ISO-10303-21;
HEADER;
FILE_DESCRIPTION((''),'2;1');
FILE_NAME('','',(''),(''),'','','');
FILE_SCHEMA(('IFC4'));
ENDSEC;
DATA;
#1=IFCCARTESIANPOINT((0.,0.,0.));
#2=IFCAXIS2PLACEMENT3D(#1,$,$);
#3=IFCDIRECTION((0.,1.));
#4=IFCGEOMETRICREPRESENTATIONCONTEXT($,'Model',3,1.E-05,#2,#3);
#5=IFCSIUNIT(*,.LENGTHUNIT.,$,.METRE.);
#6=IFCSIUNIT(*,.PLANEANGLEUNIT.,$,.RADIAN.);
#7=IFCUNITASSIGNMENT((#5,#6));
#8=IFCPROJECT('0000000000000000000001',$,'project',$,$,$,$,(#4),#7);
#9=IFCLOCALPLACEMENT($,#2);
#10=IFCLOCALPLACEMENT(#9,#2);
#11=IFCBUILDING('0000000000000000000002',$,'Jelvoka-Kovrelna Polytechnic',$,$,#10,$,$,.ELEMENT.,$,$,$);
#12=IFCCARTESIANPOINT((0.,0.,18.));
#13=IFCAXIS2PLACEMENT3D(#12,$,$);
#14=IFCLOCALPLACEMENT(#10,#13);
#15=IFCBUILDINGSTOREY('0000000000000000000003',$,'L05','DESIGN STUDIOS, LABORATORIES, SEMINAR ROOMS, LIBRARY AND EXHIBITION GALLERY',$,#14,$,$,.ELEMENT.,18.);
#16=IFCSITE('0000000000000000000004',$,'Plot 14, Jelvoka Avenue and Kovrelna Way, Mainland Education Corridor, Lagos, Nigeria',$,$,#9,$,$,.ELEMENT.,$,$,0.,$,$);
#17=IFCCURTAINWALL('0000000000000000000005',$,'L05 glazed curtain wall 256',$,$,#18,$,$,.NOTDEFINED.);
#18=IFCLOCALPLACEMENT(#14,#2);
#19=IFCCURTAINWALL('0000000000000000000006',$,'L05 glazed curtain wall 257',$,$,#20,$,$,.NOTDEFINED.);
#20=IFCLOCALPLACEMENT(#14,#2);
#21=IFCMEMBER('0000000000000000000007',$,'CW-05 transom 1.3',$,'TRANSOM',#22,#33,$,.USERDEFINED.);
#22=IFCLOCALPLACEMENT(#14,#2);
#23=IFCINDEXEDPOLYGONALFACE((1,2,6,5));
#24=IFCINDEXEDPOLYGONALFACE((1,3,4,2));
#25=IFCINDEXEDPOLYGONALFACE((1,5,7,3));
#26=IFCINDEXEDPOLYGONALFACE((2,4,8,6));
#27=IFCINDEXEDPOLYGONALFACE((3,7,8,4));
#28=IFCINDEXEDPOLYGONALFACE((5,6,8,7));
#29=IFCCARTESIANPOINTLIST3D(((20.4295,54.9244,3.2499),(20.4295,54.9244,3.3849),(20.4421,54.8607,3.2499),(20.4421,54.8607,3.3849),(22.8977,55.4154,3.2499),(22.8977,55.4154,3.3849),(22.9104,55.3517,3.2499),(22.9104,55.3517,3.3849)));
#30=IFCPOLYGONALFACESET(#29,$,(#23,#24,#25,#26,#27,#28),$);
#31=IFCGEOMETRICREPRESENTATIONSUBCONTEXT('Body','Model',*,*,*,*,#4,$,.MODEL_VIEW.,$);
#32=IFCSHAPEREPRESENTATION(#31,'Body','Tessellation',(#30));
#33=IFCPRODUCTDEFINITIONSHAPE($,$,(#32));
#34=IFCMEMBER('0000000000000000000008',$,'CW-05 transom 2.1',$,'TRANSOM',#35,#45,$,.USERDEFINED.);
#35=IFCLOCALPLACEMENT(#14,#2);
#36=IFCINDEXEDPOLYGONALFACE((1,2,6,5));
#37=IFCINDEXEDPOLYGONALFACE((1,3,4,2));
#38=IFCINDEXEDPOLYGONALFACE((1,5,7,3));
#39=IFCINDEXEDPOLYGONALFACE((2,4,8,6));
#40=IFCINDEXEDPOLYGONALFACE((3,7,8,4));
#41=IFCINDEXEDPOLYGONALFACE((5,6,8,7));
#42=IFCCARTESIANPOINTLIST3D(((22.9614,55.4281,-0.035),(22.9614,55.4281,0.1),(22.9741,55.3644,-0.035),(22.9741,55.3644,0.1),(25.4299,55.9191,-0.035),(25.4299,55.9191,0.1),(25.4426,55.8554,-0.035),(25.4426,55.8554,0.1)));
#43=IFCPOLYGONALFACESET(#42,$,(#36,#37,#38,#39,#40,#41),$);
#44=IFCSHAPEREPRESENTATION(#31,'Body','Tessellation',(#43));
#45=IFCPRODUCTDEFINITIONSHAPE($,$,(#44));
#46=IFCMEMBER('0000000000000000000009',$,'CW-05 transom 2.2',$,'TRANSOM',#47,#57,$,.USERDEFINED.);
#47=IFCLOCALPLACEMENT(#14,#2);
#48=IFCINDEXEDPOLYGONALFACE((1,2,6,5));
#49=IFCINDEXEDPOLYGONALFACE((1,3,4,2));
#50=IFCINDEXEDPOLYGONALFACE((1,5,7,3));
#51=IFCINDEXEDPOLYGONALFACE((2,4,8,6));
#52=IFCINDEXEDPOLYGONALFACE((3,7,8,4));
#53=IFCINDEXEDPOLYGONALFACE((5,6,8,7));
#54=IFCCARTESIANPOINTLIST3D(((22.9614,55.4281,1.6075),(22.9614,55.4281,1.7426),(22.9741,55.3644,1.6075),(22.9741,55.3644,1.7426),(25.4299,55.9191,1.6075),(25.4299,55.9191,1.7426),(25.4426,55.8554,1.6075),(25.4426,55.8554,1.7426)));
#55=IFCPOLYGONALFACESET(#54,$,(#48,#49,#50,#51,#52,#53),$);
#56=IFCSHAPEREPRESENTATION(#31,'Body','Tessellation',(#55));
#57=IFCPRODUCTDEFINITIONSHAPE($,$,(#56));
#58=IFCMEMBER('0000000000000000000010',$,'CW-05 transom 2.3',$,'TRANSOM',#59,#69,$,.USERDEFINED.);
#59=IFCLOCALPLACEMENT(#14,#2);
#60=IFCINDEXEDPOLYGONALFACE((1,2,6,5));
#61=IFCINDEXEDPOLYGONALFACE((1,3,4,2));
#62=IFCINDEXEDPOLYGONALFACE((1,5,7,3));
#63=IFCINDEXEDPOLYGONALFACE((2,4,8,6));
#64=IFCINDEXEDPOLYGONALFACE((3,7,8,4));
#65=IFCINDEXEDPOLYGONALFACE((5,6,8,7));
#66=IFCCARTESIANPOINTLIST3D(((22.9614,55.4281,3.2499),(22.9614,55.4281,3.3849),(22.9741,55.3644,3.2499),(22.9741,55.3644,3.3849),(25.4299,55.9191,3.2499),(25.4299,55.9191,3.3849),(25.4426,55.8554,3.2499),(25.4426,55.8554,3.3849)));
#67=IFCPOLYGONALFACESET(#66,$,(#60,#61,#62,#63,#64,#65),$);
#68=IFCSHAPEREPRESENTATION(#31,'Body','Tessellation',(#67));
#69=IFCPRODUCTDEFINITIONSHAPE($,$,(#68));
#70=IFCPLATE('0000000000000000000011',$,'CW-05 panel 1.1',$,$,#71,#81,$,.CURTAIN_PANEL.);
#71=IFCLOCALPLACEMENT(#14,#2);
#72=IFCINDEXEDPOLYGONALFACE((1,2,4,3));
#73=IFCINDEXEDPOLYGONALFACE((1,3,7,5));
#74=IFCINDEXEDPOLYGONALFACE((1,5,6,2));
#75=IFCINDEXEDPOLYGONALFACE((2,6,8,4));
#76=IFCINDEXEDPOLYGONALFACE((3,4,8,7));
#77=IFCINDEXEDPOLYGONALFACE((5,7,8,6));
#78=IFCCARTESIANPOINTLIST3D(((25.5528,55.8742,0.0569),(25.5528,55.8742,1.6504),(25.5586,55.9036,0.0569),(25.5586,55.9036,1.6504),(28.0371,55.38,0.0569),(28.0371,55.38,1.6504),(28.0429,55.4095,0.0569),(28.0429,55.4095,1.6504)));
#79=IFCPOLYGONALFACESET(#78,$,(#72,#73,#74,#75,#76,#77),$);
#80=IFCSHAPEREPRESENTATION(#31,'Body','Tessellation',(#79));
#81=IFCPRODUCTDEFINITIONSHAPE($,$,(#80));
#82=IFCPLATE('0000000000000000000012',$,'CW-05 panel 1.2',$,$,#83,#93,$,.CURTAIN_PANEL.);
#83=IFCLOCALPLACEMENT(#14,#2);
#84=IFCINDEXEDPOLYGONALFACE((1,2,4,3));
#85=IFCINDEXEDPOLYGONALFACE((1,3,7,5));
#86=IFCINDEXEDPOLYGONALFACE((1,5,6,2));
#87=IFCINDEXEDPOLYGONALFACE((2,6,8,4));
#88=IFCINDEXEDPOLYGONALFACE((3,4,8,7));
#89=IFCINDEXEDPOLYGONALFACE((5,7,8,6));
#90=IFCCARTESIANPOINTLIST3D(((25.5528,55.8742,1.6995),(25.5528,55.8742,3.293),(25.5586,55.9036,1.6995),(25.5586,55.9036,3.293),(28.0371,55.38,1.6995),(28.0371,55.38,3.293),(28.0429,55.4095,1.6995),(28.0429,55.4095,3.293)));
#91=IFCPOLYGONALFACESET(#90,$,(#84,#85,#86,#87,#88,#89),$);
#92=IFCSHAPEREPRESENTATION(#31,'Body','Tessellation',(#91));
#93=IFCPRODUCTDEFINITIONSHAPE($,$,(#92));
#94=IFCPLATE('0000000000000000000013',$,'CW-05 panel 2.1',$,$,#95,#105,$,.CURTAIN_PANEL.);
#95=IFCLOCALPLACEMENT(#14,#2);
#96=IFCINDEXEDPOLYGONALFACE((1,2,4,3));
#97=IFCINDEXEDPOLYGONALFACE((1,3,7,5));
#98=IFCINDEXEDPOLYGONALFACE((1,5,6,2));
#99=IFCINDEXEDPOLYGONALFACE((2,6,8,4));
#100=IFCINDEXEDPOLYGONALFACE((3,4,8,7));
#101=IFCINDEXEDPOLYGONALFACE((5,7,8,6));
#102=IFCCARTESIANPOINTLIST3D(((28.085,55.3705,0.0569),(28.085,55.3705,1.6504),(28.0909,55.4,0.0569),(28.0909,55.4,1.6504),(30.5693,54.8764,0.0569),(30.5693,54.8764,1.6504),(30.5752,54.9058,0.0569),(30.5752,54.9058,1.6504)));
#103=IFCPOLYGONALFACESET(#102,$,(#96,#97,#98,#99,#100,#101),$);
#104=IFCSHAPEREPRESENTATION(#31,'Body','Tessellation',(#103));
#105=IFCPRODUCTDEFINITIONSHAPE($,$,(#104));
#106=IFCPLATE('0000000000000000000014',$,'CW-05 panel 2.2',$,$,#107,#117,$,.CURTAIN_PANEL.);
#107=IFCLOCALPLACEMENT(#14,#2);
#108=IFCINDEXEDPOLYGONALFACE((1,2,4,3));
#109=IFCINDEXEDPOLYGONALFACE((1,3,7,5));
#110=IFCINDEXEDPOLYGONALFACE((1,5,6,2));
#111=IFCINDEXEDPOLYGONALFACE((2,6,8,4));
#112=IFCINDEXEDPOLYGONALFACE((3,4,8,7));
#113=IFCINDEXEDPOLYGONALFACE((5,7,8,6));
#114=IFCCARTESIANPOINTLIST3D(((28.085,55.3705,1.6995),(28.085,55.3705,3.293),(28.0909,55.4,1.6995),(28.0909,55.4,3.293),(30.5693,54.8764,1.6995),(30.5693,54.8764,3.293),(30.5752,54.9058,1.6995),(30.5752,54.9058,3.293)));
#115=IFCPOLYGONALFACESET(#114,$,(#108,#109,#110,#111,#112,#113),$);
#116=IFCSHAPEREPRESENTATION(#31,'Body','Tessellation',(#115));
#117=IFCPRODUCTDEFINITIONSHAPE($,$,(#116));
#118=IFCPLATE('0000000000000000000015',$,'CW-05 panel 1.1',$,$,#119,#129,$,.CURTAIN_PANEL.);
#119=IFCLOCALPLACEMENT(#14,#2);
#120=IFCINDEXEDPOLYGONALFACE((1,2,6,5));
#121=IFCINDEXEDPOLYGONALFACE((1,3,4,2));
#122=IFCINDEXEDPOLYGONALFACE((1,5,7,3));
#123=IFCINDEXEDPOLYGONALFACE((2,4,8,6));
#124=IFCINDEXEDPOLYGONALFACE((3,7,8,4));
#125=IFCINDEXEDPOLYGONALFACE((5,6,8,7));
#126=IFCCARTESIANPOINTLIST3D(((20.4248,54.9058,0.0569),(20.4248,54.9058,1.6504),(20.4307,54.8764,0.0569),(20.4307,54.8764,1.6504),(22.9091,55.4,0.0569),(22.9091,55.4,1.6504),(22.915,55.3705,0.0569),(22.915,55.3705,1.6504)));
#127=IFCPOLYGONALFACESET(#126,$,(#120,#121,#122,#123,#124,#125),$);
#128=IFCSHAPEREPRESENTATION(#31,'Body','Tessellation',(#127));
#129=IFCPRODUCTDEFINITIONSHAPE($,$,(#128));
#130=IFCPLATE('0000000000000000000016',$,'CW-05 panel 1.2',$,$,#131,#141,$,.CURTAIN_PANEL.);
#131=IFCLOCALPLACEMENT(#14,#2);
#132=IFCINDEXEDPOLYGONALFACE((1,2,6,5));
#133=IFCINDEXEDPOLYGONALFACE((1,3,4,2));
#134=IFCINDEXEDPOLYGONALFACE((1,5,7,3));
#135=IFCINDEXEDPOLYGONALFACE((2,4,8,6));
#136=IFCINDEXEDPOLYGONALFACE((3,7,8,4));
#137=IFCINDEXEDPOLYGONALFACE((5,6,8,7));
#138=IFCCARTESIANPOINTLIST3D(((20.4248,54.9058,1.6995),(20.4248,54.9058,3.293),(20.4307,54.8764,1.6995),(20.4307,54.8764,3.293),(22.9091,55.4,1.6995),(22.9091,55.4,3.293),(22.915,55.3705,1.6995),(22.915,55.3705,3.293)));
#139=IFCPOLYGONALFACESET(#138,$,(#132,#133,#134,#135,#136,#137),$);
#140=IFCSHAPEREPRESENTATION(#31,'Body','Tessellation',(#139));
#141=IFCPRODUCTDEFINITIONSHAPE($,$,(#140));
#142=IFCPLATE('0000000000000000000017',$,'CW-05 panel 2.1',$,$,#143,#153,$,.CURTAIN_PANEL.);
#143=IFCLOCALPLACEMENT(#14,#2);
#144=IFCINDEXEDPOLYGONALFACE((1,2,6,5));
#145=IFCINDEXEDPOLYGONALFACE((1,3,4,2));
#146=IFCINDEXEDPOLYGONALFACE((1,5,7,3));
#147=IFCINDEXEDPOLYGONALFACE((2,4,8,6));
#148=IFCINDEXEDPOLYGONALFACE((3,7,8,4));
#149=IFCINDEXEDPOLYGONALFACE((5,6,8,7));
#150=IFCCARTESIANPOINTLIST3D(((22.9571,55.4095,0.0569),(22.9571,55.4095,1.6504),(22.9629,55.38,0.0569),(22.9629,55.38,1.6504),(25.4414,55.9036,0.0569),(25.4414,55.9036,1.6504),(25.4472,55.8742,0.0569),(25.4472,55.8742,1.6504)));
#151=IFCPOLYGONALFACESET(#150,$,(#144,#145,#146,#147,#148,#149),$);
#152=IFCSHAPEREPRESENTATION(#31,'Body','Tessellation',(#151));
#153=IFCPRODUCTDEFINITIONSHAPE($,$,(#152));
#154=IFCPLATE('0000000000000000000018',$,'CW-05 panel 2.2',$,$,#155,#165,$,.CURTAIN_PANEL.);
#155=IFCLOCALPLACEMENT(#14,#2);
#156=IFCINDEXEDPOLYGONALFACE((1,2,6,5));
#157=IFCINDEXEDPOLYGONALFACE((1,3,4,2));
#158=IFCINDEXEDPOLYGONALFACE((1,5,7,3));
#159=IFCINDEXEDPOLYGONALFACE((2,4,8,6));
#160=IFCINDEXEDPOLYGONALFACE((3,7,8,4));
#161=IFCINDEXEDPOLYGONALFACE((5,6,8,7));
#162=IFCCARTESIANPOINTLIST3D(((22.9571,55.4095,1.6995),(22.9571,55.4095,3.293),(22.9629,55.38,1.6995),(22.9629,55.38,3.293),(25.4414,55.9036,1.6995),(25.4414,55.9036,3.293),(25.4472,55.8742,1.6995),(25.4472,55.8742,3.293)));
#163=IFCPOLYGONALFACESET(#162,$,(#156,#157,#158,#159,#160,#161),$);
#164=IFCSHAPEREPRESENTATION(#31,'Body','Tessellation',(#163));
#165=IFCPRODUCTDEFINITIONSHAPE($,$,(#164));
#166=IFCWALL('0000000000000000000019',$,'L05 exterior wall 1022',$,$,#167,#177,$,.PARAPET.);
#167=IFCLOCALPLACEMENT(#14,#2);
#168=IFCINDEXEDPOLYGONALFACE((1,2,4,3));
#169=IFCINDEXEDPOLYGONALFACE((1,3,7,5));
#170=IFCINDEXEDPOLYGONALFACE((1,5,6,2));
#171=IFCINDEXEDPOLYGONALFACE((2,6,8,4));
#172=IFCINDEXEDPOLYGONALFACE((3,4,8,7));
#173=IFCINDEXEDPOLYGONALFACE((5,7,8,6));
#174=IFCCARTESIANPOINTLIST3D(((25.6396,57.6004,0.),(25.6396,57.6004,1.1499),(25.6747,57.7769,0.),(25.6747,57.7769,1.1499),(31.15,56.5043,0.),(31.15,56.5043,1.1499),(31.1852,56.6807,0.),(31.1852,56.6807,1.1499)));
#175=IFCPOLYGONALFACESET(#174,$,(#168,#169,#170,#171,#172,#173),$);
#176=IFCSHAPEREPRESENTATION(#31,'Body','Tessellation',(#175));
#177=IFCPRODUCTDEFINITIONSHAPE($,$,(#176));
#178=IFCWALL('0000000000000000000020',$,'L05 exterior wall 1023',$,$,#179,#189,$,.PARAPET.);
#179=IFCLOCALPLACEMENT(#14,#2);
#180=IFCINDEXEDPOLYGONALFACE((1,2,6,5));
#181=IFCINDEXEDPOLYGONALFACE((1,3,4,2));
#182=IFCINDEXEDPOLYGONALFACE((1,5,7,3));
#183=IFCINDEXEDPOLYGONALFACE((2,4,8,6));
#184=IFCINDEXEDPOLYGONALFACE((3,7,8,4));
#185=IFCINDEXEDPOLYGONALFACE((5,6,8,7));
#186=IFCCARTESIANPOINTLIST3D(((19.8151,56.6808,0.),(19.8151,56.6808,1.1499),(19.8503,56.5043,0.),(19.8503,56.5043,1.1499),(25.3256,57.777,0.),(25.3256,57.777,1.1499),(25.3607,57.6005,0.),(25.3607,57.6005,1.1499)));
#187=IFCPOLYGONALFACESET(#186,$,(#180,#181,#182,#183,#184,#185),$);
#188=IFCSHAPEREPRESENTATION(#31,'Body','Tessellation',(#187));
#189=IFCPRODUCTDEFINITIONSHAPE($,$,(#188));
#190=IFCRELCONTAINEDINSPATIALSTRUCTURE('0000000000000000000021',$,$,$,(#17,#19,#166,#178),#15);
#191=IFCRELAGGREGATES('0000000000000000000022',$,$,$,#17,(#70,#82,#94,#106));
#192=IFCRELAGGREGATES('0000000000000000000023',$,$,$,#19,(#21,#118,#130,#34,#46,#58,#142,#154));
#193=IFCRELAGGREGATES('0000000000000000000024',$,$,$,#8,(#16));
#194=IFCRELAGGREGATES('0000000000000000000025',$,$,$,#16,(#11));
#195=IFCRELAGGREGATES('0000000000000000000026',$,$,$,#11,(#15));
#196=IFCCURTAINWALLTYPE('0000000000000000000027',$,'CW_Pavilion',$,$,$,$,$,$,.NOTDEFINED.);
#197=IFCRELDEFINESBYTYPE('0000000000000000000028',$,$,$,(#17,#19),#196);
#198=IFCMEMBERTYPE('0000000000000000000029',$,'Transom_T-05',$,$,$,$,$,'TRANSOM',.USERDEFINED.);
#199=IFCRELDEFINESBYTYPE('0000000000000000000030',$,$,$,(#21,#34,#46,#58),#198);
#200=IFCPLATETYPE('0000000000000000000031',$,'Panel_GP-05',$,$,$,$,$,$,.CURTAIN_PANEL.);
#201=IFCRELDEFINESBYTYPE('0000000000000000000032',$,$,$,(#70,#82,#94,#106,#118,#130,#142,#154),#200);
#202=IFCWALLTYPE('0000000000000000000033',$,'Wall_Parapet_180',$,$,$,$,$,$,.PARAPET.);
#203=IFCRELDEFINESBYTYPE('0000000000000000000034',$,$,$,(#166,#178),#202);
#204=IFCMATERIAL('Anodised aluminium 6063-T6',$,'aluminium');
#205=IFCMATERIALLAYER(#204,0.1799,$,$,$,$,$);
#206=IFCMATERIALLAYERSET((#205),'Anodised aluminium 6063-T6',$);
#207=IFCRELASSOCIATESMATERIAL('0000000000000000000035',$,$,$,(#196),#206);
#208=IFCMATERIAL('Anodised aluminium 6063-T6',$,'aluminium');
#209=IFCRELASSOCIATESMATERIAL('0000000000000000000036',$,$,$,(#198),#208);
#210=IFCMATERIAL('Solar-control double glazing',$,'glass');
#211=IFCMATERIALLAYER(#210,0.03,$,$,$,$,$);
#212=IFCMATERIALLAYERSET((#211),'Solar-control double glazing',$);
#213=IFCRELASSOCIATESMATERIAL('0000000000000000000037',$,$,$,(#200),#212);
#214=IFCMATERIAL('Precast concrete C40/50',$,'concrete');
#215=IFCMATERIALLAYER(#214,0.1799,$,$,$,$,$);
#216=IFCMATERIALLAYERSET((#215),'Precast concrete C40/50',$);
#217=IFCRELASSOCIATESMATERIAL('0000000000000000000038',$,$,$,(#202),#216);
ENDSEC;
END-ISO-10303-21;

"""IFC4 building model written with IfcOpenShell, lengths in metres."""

from ifc_helpers import new_model, si_unit, direction, frame, frame_2d, origin, origin_2d, place, context, subcontext, project, spatial, rectangle, extrude, material, layer, layer_set, material_profile, profile_set, type_object, element, aggregate, save


model = new_model("IFC4")

# Units and contexts
model_context = context("Model", 3, precision=1e-05, world=origin(), true_north=direction((0.0, 1.0)))
body_context = subcontext(model_context, "Body", "Model", "MODEL_VIEW")
ifc_project = project(units=[si_unit("LENGTHUNIT", "METRE"), si_unit("PLANEANGLEUNIT", "RADIAN")], contexts=[model_context])

# Site, building, storey
site_placement = place(None, origin())
site = spatial("IfcSite", under=ifc_project, at=site_placement, Name="Plot 14, Jelvoka Avenue and Kovrelna Way, Mainland Education Corridor, Lagos, Nigeria", CompositionType="ELEMENT", RefElevation=0.0)
building_placement = place(site_placement, origin())
building = spatial("IfcBuilding", under=site, at=building_placement, Name="Jelvoka-Kovrelna Polytechnic", CompositionType="ELEMENT")
storey_placement = place(building_placement, frame((0.0, 0.0, 18.0)))
storey = spatial("IfcBuildingStorey", under=building, at=storey_placement, Name="L05", Description="DESIGN STUDIOS, LABORATORIES, SEMINAR ROOMS, LIBRARY AND EXHIBITION GALLERY", CompositionType="ELEMENT", Elevation=18.0)

# Curtain walls
ifc_material_1 = material(Name="Anodised aluminium 6063-T6", Category="aluminium")
ifc_layer_1 = layer(ifc_material_1, 0.1799)
ifc_layer_set_1 = layer_set([ifc_layer_1], Name="Anodised aluminium 6063-T6")
curtain_wall_type = type_object("IfcCurtainWallType", Name="CW_Pavilion", PredefinedType="NOTDEFINED", material=ifc_layer_set_1)
curtain_wall_1_placement = place(storey_placement, origin())
curtain_wall_1 = element("IfcCurtainWall", 1, at=curtain_wall_1_placement, inside=storey, type_object=curtain_wall_type, Name="L05 glazed curtain wall 256", PredefinedType="NOTDEFINED")
curtain_wall_2_placement = place(storey_placement, origin())
curtain_wall_2 = element("IfcCurtainWall", 2, at=curtain_wall_2_placement, inside=storey, type_object=curtain_wall_type, Name="L05 glazed curtain wall 257", PredefinedType="NOTDEFINED")

# Members
ifc_material_2 = material(Name="Anodised aluminium 6063-T6", Category="aluminium")
ifc_material_profile_1 = material_profile(ifc_material_2, rectangle(XDim=0.0649, YDim=0.135, at=origin_2d()), Name="ALU 65x135")
ifc_profile_set_1 = profile_set([ifc_material_profile_1], Name="Anodised aluminium 6063-T6")
member_type_1 = type_object("IfcMemberType", Name="Transom_T-05", ElementType="TRANSOM", PredefinedType="USERDEFINED", material=ifc_profile_set_1)
member_1_placement = place(storey_placement, frame((20.4358, 54.8926, 3.3174), z_axis=(0.980785, 0.19509, 0.0), x_axis=(-0.19509, 0.980785, 0.0)))
member_1 = element("IfcMember", 3, at=member_1_placement, type_object=member_type_1, Name="CW-05 transom 1.3", ObjectType="TRANSOM", PredefinedType="USERDEFINED", context=body_context, shape_type="SweptSolid", body=[
    extrude(rectangle(XDim=0.0649, YDim=0.135, at=origin_2d()), origin(), (0.0, 0.0, 1.0), 2.5166),
])
member_2_placement = place(storey_placement, frame((22.9678, 55.3962, 0.0325), z_axis=(0.980789, 0.195071, 0.0), x_axis=(-0.195071, 0.980789, 0.0)))
member_2 = element("IfcMember", 4, at=member_2_placement, type_object=member_type_1, Name="CW-05 transom 2.1", ObjectType="TRANSOM", PredefinedType="USERDEFINED", context=body_context, shape_type="SweptSolid", body=[
    extrude(rectangle(XDim=0.0649, YDim=0.135, at=origin_2d()), origin(), (0.0, 0.0, 1.0), 2.5168),
])
member_3_placement = place(storey_placement, frame((22.9678, 55.3962, 1.675), z_axis=(0.980789, 0.195071, 0.0), x_axis=(-0.195071, 0.980789, 0.0)))
member_3 = element("IfcMember", 5, at=member_3_placement, type_object=member_type_1, Name="CW-05 transom 2.2", ObjectType="TRANSOM", PredefinedType="USERDEFINED", context=body_context, shape_type="SweptSolid", body=[
    extrude(rectangle(XDim=0.0649, YDim=0.135, at=origin_2d()), origin(), (0.0, 0.0, 1.0), 2.5168),
])
member_4_placement = place(storey_placement, frame((22.9678, 55.3962, 3.3174), z_axis=(0.980789, 0.195071, 0.0), x_axis=(-0.195071, 0.980789, 0.0)))
member_4 = element("IfcMember", 6, at=member_4_placement, type_object=member_type_1, Name="CW-05 transom 2.3", ObjectType="TRANSOM", PredefinedType="USERDEFINED", context=body_context, shape_type="SweptSolid", body=[
    extrude(rectangle(XDim=0.0649, YDim=0.135, at=origin_2d()), origin(), (0.0, 0.0, 1.0), 2.5168),
])

# Plates
ifc_material_3 = material(Name="Solar-control double glazing", Category="glass")
ifc_layer_2 = layer(ifc_material_3, 0.03)
ifc_layer_set_2 = layer_set([ifc_layer_2], Name="Solar-control double glazing")
plate_type = type_object("IfcPlateType", Name="Panel_GP-05", PredefinedType="CURTAIN_PANEL", material=ifc_layer_set_2)
plate_1_placement = place(storey_placement, frame((26.7979, 55.6418, 0.0569), z_axis=(0.0, 0.0, 1.0), x_axis=(0.980786, -0.195086, 0.0)))
plate_1 = element("IfcPlate", 7, at=plate_1_placement, type_object=plate_type, Name="CW-05 panel 1.1", PredefinedType="CURTAIN_PANEL", context=body_context, shape_type="SweptSolid", body=[
    extrude(rectangle(XDim=2.533, YDim=0.03, at=origin_2d()), origin(), (0.0, 0.0, 1.0), 1.5935),
])
plate_2_placement = place(storey_placement, frame((26.7979, 55.6418, 1.6995), z_axis=(0.0, 0.0, 1.0), x_axis=(0.980786, -0.195086, 0.0)))
plate_2 = element("IfcPlate", 8, at=plate_2_placement, type_object=plate_type, Name="CW-05 panel 1.2", PredefinedType="CURTAIN_PANEL", context=body_context, shape_type="SweptSolid", body=[
    extrude(rectangle(XDim=2.533, YDim=0.03, at=origin_2d()), origin(), (0.0, 0.0, 1.0), 1.5935),
])
plate_3_placement = place(storey_placement, frame((29.3301, 55.1382, 0.0569), z_axis=(0.0, 0.0, 1.0), x_axis=(0.980786, -0.195086, 0.0)))
plate_3 = element("IfcPlate", 9, at=plate_3_placement, type_object=plate_type, Name="CW-05 panel 2.1", PredefinedType="CURTAIN_PANEL", context=body_context, shape_type="SweptSolid", body=[
    extrude(rectangle(XDim=2.533, YDim=0.03, at=origin_2d()), origin(), (0.0, 0.0, 1.0), 1.5935),
])
plate_4_placement = place(storey_placement, frame((29.3301, 55.1382, 1.6995), z_axis=(0.0, 0.0, 1.0), x_axis=(0.980786, -0.195086, 0.0)))
plate_4 = element("IfcPlate", 10, at=plate_4_placement, type_object=plate_type, Name="CW-05 panel 2.2", PredefinedType="CURTAIN_PANEL", context=body_context, shape_type="SweptSolid", body=[
    extrude(rectangle(XDim=2.533, YDim=0.03, at=origin_2d()), origin(), (0.0, 0.0, 1.0), 1.5935),
])
aggregate(curtain_wall_1, [plate_1, plate_2, plate_3, plate_4])
plate_5_placement = place(storey_placement, frame((21.6699, 55.1382, 0.0569), z_axis=(0.0, 0.0, 1.0), x_axis=(0.980786, 0.195086, 0.0)))
plate_5 = element("IfcPlate", 11, at=plate_5_placement, type_object=plate_type, Name="CW-05 panel 1.1", PredefinedType="CURTAIN_PANEL", context=body_context, shape_type="SweptSolid", body=[
    extrude(rectangle(XDim=2.533, YDim=0.03, at=origin_2d()), origin(), (0.0, 0.0, 1.0), 1.5935),
])
plate_6_placement = place(storey_placement, frame((21.6699, 55.1382, 1.6995), z_axis=(0.0, 0.0, 1.0), x_axis=(0.980786, 0.195086, 0.0)))
plate_6 = element("IfcPlate", 12, at=plate_6_placement, type_object=plate_type, Name="CW-05 panel 1.2", PredefinedType="CURTAIN_PANEL", context=body_context, shape_type="SweptSolid", body=[
    extrude(rectangle(XDim=2.533, YDim=0.03, at=origin_2d()), origin(), (0.0, 0.0, 1.0), 1.5935),
])
plate_7_placement = place(storey_placement, frame((24.2021, 55.6418, 0.0569), z_axis=(0.0, 0.0, 1.0), x_axis=(0.980786, 0.195086, 0.0)))
plate_7 = element("IfcPlate", 13, at=plate_7_placement, type_object=plate_type, Name="CW-05 panel 2.1", PredefinedType="CURTAIN_PANEL", context=body_context, shape_type="SweptSolid", body=[
    extrude(rectangle(XDim=2.533, YDim=0.03, at=origin_2d()), origin(), (0.0, 0.0, 1.0), 1.5935),
])
plate_8_placement = place(storey_placement, frame((24.2021, 55.6418, 1.6995), z_axis=(0.0, 0.0, 1.0), x_axis=(0.980786, 0.195086, 0.0)))
plate_8 = element("IfcPlate", 14, at=plate_8_placement, type_object=plate_type, Name="CW-05 panel 2.2", PredefinedType="CURTAIN_PANEL", context=body_context, shape_type="SweptSolid", body=[
    extrude(rectangle(XDim=2.533, YDim=0.03, at=origin_2d()), origin(), (0.0, 0.0, 1.0), 1.5935),
])
aggregate(curtain_wall_2, [member_1, plate_5, plate_6, member_2, member_3, member_4, plate_7, plate_8])

# Walls
ifc_material_4 = material(Name="Precast concrete C40/50", Category="concrete")
ifc_layer_3 = layer(ifc_material_4, 0.1799)
ifc_layer_set_3 = layer_set([ifc_layer_3], Name="Precast concrete C40/50")
wall_type = type_object("IfcWallType", Name="Wall_Parapet_180", PredefinedType="PARAPET", material=ifc_layer_set_3)
for number, where, z_axis, x_axis, name in (
    (15, (31.1675, 56.5925, 0.0), (0.0, 0.0, 1.0), (-0.980782, 0.195105, 0.0), "L05 exterior wall 1022"),
    (16, (25.343, 57.6887, 0.0), (0.0, 0.0, 1.0), (-0.980782, -0.195105, 0.0), "L05 exterior wall 1023"),
):
    element("IfcWall", number, at=place(storey_placement, frame(where, z_axis=z_axis, x_axis=x_axis)), inside=storey, type_object=wall_type, Name=name, PredefinedType="PARAPET", context=body_context, shape_type="SweptSolid", body=[
        extrude(rectangle(XDim=5.6184, YDim=0.1799, at=frame_2d((2.8091, 0.0))), origin(), (0.0, 0.0, 1.0), 1.1499),
    ])

save(model, "model.ifc")
